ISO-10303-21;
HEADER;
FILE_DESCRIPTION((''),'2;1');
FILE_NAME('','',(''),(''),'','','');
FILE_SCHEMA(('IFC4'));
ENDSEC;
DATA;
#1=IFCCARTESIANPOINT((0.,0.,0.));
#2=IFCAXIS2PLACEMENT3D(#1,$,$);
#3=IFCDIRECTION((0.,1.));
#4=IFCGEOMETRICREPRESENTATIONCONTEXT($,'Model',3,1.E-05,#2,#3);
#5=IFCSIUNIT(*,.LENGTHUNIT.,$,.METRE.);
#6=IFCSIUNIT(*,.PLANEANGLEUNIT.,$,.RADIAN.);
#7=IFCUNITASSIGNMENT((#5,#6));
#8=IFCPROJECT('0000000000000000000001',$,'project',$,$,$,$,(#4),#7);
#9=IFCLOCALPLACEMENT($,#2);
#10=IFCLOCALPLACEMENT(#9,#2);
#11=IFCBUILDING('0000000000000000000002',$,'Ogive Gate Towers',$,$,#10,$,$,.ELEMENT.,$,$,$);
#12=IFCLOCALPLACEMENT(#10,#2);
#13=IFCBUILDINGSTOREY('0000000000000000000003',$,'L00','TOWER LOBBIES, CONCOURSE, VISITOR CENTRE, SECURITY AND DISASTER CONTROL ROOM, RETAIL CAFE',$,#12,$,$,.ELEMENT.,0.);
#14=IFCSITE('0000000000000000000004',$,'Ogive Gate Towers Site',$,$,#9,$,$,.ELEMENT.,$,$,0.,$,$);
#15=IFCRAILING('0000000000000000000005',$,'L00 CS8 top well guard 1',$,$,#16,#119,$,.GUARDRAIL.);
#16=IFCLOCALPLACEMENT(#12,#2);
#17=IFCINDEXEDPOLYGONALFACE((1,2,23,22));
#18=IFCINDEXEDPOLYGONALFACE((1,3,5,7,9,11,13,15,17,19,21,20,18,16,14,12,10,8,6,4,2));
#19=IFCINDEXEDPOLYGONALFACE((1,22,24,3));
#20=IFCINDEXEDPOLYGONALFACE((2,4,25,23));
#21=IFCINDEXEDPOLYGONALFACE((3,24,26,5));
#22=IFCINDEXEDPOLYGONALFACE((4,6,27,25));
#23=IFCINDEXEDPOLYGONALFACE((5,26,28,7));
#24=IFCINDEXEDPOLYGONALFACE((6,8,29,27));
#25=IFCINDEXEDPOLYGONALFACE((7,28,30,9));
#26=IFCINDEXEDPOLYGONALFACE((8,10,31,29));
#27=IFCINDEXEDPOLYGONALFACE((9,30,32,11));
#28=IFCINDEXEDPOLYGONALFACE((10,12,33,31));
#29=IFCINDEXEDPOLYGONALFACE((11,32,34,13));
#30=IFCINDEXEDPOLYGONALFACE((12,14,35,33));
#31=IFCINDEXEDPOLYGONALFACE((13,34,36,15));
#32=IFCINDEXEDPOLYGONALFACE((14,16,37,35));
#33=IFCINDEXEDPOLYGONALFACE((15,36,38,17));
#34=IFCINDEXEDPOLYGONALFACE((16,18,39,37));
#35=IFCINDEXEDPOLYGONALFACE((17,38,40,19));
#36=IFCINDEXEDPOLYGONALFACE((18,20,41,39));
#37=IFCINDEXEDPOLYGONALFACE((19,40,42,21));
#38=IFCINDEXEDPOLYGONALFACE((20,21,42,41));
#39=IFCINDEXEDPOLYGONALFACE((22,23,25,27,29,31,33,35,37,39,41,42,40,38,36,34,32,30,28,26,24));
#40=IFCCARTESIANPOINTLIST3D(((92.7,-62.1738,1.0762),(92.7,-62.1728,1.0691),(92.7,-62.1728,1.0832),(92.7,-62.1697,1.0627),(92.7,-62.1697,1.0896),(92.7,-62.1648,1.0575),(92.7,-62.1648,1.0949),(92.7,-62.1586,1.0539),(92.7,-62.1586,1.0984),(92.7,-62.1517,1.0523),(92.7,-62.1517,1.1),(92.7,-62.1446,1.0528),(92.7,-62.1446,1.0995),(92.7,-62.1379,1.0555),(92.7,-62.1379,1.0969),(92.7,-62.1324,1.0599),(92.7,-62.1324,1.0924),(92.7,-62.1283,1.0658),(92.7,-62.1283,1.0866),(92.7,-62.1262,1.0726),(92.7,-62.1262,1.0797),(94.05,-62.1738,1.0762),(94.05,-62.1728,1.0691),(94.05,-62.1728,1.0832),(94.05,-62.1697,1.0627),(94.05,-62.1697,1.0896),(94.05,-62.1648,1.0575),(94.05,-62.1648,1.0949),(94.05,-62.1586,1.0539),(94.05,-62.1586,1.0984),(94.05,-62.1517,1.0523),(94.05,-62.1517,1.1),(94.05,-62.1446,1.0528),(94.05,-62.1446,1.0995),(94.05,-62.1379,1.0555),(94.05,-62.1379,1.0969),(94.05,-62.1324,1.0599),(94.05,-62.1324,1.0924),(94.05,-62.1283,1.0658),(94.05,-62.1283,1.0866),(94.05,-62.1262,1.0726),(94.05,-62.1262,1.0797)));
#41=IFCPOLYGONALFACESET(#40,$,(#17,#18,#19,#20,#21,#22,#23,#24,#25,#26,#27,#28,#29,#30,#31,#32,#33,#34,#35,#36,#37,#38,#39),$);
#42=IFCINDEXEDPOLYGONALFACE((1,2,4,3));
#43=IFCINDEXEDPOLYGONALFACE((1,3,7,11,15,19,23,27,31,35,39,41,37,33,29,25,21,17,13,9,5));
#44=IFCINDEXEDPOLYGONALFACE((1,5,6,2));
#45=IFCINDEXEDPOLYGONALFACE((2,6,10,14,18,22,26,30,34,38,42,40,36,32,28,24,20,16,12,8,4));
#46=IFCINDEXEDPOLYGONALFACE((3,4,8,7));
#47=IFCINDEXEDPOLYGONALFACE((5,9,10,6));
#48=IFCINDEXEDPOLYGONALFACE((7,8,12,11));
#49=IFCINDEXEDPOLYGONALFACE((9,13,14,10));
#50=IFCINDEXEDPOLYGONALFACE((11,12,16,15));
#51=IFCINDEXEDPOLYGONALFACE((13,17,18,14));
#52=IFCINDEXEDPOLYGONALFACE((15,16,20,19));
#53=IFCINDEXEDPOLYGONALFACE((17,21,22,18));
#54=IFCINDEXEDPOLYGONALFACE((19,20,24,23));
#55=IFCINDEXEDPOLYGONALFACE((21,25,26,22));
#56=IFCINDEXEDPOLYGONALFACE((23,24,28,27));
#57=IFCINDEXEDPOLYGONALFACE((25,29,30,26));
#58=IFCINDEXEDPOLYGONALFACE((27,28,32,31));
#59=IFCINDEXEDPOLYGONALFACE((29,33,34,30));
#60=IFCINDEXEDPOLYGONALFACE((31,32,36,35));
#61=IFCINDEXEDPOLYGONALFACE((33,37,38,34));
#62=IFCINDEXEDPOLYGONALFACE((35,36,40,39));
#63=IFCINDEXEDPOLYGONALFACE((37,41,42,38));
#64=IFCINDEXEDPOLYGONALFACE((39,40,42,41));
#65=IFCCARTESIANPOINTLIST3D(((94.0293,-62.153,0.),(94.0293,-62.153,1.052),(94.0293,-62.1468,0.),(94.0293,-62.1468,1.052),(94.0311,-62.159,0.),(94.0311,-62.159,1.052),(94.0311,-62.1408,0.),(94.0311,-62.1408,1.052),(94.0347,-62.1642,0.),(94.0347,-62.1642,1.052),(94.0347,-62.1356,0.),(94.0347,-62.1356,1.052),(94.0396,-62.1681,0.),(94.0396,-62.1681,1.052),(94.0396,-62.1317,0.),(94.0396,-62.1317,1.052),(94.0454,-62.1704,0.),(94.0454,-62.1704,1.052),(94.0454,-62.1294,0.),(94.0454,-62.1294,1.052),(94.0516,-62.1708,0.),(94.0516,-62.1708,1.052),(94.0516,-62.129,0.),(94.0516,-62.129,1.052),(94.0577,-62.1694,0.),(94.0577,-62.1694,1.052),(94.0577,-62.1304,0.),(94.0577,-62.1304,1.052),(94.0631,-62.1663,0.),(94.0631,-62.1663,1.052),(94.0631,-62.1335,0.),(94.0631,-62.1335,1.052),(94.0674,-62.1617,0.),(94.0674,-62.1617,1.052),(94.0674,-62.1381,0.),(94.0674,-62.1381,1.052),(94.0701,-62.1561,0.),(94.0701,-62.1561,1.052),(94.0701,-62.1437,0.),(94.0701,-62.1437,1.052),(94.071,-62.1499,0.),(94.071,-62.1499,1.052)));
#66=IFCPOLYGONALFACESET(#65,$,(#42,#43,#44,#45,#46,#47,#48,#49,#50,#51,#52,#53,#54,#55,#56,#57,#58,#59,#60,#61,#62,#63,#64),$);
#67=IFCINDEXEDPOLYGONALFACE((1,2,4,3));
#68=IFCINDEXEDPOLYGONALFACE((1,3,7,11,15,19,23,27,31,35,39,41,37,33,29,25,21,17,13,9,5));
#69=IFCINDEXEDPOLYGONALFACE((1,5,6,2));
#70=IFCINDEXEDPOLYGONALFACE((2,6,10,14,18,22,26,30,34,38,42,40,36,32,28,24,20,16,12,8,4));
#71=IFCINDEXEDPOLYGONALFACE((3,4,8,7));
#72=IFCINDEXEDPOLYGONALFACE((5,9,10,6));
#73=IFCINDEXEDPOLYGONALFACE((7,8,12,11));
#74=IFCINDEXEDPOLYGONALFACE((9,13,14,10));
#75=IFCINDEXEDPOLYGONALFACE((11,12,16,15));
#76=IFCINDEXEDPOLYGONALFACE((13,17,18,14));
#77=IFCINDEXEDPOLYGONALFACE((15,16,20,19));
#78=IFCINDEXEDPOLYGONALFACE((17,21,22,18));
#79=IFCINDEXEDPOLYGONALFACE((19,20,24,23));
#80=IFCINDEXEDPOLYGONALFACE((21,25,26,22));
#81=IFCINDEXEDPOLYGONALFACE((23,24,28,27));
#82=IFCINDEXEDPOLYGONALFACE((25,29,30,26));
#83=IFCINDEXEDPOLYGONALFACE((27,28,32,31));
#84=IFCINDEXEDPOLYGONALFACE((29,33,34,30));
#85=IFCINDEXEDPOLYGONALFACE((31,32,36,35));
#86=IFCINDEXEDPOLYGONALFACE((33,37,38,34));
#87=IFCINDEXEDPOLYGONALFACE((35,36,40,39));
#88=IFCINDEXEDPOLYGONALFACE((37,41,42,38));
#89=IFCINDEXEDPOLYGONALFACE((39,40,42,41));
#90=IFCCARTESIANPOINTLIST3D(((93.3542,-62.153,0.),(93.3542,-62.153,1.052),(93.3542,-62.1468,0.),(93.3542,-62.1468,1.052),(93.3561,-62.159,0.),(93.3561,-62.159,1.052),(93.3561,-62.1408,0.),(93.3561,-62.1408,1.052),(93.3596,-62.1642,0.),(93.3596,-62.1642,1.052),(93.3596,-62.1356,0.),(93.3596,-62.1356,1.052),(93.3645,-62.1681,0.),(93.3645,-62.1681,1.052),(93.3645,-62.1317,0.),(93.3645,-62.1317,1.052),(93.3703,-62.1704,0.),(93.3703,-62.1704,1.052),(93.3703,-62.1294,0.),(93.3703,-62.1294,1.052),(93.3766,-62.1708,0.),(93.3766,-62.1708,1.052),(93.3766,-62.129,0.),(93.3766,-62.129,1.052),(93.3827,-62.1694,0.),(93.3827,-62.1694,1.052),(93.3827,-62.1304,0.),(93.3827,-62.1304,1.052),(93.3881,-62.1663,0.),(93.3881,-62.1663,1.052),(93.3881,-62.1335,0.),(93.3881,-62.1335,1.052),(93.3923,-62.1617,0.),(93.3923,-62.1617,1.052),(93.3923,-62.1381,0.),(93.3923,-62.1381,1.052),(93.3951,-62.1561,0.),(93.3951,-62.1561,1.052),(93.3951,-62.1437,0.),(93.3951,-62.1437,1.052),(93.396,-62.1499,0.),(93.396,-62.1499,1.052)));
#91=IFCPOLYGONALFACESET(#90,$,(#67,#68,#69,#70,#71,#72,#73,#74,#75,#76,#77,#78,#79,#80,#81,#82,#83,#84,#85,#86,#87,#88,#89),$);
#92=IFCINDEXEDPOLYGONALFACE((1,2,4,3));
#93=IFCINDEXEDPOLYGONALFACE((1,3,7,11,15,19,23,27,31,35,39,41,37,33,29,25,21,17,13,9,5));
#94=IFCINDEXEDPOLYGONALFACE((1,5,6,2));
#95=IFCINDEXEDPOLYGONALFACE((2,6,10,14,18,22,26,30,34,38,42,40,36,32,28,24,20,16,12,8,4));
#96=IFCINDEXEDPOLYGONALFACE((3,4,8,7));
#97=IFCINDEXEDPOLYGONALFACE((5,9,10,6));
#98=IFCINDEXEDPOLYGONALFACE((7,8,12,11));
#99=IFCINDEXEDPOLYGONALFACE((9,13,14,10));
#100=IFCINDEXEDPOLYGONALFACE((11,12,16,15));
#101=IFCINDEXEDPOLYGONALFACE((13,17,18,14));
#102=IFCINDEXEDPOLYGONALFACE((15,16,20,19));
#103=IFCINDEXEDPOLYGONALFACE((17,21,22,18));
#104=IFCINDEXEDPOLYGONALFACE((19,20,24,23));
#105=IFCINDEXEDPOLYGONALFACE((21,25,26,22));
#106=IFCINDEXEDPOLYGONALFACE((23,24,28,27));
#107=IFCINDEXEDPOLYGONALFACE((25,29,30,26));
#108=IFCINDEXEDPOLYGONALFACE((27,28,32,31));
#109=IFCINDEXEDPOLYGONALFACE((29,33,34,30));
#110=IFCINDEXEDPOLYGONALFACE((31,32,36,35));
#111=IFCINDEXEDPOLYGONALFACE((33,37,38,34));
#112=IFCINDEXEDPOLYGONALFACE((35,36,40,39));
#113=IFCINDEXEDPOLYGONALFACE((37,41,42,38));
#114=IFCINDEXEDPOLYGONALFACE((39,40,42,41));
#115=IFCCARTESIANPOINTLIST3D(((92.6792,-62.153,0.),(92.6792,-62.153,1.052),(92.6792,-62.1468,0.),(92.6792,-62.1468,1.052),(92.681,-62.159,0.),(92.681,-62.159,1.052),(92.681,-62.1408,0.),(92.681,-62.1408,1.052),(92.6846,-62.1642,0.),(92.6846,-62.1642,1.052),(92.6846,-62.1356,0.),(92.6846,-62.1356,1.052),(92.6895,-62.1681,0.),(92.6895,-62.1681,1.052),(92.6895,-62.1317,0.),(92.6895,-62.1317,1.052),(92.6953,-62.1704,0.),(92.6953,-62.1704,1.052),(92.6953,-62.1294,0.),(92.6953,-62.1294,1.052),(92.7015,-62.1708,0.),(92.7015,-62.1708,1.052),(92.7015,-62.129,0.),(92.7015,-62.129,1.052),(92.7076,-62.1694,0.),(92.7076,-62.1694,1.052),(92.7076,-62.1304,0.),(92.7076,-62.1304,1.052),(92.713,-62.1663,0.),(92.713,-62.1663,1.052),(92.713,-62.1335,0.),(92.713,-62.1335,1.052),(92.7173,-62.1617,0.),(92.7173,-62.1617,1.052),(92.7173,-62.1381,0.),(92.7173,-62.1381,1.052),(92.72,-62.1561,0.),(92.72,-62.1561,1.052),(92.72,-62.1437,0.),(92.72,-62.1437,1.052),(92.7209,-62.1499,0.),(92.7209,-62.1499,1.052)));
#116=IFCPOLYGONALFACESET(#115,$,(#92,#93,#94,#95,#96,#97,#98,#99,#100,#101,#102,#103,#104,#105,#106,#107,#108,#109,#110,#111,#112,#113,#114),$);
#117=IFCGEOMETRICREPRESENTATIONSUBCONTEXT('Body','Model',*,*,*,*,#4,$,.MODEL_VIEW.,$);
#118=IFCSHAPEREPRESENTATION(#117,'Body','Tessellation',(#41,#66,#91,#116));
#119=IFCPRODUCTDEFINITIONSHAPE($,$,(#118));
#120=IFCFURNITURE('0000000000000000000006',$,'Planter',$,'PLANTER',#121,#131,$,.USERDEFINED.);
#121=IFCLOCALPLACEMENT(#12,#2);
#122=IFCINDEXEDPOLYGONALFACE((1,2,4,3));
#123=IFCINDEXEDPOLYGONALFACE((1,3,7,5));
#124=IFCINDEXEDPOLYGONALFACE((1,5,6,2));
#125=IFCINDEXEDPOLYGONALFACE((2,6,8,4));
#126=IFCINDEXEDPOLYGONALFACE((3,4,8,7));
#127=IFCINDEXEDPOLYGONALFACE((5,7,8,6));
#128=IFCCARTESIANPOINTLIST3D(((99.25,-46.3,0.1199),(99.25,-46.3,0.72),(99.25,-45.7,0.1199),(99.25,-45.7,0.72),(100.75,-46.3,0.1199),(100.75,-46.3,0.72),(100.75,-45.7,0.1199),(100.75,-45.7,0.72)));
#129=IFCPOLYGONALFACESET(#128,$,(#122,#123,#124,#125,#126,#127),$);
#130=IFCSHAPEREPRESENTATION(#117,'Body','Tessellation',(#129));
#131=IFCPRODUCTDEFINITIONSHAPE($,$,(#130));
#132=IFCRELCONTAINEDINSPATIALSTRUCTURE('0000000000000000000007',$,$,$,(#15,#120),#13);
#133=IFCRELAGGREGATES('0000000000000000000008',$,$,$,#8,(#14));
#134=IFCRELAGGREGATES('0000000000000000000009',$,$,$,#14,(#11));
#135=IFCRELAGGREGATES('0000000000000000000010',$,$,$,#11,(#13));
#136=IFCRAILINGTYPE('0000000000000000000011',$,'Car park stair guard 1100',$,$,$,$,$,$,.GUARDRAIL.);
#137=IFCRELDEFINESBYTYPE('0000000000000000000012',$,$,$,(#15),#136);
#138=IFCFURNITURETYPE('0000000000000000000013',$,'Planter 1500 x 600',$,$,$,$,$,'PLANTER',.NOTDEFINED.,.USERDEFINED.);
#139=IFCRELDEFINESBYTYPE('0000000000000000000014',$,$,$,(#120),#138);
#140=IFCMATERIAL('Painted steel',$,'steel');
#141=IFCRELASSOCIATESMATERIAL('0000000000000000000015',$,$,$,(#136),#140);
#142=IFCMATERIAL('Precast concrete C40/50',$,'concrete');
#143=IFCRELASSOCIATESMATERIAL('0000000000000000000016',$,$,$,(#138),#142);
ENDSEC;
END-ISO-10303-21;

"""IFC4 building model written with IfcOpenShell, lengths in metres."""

from ifc_helpers import new_model, si_unit, direction, frame, origin, origin_2d, place, context, subcontext, project, spatial, rectangle, circle, extrude, material, type_object, element, save


model = new_model("IFC4")

# Units and contexts
model_context = context("Model", 3, precision=1e-05, world=origin(), true_north=direction((0.0, 1.0)))
body_context = subcontext(model_context, "Body", "Model", "MODEL_VIEW")
ifc_project = project(units=[si_unit("LENGTHUNIT", "METRE"), si_unit("PLANEANGLEUNIT", "RADIAN")], contexts=[model_context])

# Site, building, storey
site_placement = place(None, origin())
site = spatial("IfcSite", under=ifc_project, at=site_placement, Name="Ogive Gate Towers Site", CompositionType="ELEMENT", RefElevation=0.0)
building_placement = place(site_placement, origin())
building = spatial("IfcBuilding", under=site, at=building_placement, Name="Ogive Gate Towers", CompositionType="ELEMENT")
storey_placement = place(building_placement, origin())
storey = spatial("IfcBuildingStorey", under=building, at=storey_placement, Name="L00", Description="TOWER LOBBIES, CONCOURSE, VISITOR CENTRE, SECURITY AND DISASTER CONTROL ROOM, RETAIL CAFE", CompositionType="ELEMENT", Elevation=0.0)

# Shared definitions
ifc_material_1 = material(Name="Precast concrete C40/50", Category="concrete")

# Railing
ifc_material_2 = material(Name="Painted steel", Category="steel")
railing_type_1 = type_object("IfcRailingType", Name="Car park stair guard 1100", PredefinedType="GUARDRAIL", material=ifc_material_2)
railing_1_placement = place(storey_placement, frame((94.05, -62.1499, 0.0)))
element("IfcRailing", 1, at=railing_1_placement, inside=storey, type_object=railing_type_1, Name="L00 CS8 top well guard 1", PredefinedType="GUARDRAIL", context=body_context, shape_type="SweptSolid", body=[
    extrude(circle(Radius=0.0239, at=origin_2d()), frame((0.0, 0.0, 1.0762), z_axis=(-1.0, 0.0, 0.0), x_axis=(0.0, -1.0, 0.0)), (0.0, 0.0, 1.0), 1.3501),
    extrude(circle(Radius=0.021, at=origin_2d()), origin(), (0.0, 0.0, 1.0), 1.052),
    extrude(circle(Radius=0.021, at=origin_2d()), frame((-0.675, 0.0, 0.0)), (0.0, 0.0, 1.0), 1.052),
    extrude(circle(Radius=0.021, at=origin_2d()), frame((-1.3501, 0.0, 0.0)), (0.0, 0.0, 1.0), 1.052),
])

# Furniture
furniture_type = type_object("IfcFurnitureType", Name="Planter 1500 x 600", ElementType="PLANTER", AssemblyPlace="NOTDEFINED", PredefinedType="USERDEFINED", material=ifc_material_1)
furniture_placement = place(storey_placement, frame((100.0, -46.0, 0.1199), z_axis=(0.0, 0.0, 1.0), x_axis=(1.0, 0.0, 0.0)))
element("IfcFurniture", 2, at=furniture_placement, inside=storey, type_object=furniture_type, Name="Planter", ObjectType="PLANTER", PredefinedType="USERDEFINED", context=body_context, shape_type="SweptSolid", body=[
    extrude(rectangle(XDim=1.5, YDim=0.6001, at=origin_2d()), origin(), (0.0, 0.0, 1.0), 0.6001),
])

save(model, "model.ifc")
